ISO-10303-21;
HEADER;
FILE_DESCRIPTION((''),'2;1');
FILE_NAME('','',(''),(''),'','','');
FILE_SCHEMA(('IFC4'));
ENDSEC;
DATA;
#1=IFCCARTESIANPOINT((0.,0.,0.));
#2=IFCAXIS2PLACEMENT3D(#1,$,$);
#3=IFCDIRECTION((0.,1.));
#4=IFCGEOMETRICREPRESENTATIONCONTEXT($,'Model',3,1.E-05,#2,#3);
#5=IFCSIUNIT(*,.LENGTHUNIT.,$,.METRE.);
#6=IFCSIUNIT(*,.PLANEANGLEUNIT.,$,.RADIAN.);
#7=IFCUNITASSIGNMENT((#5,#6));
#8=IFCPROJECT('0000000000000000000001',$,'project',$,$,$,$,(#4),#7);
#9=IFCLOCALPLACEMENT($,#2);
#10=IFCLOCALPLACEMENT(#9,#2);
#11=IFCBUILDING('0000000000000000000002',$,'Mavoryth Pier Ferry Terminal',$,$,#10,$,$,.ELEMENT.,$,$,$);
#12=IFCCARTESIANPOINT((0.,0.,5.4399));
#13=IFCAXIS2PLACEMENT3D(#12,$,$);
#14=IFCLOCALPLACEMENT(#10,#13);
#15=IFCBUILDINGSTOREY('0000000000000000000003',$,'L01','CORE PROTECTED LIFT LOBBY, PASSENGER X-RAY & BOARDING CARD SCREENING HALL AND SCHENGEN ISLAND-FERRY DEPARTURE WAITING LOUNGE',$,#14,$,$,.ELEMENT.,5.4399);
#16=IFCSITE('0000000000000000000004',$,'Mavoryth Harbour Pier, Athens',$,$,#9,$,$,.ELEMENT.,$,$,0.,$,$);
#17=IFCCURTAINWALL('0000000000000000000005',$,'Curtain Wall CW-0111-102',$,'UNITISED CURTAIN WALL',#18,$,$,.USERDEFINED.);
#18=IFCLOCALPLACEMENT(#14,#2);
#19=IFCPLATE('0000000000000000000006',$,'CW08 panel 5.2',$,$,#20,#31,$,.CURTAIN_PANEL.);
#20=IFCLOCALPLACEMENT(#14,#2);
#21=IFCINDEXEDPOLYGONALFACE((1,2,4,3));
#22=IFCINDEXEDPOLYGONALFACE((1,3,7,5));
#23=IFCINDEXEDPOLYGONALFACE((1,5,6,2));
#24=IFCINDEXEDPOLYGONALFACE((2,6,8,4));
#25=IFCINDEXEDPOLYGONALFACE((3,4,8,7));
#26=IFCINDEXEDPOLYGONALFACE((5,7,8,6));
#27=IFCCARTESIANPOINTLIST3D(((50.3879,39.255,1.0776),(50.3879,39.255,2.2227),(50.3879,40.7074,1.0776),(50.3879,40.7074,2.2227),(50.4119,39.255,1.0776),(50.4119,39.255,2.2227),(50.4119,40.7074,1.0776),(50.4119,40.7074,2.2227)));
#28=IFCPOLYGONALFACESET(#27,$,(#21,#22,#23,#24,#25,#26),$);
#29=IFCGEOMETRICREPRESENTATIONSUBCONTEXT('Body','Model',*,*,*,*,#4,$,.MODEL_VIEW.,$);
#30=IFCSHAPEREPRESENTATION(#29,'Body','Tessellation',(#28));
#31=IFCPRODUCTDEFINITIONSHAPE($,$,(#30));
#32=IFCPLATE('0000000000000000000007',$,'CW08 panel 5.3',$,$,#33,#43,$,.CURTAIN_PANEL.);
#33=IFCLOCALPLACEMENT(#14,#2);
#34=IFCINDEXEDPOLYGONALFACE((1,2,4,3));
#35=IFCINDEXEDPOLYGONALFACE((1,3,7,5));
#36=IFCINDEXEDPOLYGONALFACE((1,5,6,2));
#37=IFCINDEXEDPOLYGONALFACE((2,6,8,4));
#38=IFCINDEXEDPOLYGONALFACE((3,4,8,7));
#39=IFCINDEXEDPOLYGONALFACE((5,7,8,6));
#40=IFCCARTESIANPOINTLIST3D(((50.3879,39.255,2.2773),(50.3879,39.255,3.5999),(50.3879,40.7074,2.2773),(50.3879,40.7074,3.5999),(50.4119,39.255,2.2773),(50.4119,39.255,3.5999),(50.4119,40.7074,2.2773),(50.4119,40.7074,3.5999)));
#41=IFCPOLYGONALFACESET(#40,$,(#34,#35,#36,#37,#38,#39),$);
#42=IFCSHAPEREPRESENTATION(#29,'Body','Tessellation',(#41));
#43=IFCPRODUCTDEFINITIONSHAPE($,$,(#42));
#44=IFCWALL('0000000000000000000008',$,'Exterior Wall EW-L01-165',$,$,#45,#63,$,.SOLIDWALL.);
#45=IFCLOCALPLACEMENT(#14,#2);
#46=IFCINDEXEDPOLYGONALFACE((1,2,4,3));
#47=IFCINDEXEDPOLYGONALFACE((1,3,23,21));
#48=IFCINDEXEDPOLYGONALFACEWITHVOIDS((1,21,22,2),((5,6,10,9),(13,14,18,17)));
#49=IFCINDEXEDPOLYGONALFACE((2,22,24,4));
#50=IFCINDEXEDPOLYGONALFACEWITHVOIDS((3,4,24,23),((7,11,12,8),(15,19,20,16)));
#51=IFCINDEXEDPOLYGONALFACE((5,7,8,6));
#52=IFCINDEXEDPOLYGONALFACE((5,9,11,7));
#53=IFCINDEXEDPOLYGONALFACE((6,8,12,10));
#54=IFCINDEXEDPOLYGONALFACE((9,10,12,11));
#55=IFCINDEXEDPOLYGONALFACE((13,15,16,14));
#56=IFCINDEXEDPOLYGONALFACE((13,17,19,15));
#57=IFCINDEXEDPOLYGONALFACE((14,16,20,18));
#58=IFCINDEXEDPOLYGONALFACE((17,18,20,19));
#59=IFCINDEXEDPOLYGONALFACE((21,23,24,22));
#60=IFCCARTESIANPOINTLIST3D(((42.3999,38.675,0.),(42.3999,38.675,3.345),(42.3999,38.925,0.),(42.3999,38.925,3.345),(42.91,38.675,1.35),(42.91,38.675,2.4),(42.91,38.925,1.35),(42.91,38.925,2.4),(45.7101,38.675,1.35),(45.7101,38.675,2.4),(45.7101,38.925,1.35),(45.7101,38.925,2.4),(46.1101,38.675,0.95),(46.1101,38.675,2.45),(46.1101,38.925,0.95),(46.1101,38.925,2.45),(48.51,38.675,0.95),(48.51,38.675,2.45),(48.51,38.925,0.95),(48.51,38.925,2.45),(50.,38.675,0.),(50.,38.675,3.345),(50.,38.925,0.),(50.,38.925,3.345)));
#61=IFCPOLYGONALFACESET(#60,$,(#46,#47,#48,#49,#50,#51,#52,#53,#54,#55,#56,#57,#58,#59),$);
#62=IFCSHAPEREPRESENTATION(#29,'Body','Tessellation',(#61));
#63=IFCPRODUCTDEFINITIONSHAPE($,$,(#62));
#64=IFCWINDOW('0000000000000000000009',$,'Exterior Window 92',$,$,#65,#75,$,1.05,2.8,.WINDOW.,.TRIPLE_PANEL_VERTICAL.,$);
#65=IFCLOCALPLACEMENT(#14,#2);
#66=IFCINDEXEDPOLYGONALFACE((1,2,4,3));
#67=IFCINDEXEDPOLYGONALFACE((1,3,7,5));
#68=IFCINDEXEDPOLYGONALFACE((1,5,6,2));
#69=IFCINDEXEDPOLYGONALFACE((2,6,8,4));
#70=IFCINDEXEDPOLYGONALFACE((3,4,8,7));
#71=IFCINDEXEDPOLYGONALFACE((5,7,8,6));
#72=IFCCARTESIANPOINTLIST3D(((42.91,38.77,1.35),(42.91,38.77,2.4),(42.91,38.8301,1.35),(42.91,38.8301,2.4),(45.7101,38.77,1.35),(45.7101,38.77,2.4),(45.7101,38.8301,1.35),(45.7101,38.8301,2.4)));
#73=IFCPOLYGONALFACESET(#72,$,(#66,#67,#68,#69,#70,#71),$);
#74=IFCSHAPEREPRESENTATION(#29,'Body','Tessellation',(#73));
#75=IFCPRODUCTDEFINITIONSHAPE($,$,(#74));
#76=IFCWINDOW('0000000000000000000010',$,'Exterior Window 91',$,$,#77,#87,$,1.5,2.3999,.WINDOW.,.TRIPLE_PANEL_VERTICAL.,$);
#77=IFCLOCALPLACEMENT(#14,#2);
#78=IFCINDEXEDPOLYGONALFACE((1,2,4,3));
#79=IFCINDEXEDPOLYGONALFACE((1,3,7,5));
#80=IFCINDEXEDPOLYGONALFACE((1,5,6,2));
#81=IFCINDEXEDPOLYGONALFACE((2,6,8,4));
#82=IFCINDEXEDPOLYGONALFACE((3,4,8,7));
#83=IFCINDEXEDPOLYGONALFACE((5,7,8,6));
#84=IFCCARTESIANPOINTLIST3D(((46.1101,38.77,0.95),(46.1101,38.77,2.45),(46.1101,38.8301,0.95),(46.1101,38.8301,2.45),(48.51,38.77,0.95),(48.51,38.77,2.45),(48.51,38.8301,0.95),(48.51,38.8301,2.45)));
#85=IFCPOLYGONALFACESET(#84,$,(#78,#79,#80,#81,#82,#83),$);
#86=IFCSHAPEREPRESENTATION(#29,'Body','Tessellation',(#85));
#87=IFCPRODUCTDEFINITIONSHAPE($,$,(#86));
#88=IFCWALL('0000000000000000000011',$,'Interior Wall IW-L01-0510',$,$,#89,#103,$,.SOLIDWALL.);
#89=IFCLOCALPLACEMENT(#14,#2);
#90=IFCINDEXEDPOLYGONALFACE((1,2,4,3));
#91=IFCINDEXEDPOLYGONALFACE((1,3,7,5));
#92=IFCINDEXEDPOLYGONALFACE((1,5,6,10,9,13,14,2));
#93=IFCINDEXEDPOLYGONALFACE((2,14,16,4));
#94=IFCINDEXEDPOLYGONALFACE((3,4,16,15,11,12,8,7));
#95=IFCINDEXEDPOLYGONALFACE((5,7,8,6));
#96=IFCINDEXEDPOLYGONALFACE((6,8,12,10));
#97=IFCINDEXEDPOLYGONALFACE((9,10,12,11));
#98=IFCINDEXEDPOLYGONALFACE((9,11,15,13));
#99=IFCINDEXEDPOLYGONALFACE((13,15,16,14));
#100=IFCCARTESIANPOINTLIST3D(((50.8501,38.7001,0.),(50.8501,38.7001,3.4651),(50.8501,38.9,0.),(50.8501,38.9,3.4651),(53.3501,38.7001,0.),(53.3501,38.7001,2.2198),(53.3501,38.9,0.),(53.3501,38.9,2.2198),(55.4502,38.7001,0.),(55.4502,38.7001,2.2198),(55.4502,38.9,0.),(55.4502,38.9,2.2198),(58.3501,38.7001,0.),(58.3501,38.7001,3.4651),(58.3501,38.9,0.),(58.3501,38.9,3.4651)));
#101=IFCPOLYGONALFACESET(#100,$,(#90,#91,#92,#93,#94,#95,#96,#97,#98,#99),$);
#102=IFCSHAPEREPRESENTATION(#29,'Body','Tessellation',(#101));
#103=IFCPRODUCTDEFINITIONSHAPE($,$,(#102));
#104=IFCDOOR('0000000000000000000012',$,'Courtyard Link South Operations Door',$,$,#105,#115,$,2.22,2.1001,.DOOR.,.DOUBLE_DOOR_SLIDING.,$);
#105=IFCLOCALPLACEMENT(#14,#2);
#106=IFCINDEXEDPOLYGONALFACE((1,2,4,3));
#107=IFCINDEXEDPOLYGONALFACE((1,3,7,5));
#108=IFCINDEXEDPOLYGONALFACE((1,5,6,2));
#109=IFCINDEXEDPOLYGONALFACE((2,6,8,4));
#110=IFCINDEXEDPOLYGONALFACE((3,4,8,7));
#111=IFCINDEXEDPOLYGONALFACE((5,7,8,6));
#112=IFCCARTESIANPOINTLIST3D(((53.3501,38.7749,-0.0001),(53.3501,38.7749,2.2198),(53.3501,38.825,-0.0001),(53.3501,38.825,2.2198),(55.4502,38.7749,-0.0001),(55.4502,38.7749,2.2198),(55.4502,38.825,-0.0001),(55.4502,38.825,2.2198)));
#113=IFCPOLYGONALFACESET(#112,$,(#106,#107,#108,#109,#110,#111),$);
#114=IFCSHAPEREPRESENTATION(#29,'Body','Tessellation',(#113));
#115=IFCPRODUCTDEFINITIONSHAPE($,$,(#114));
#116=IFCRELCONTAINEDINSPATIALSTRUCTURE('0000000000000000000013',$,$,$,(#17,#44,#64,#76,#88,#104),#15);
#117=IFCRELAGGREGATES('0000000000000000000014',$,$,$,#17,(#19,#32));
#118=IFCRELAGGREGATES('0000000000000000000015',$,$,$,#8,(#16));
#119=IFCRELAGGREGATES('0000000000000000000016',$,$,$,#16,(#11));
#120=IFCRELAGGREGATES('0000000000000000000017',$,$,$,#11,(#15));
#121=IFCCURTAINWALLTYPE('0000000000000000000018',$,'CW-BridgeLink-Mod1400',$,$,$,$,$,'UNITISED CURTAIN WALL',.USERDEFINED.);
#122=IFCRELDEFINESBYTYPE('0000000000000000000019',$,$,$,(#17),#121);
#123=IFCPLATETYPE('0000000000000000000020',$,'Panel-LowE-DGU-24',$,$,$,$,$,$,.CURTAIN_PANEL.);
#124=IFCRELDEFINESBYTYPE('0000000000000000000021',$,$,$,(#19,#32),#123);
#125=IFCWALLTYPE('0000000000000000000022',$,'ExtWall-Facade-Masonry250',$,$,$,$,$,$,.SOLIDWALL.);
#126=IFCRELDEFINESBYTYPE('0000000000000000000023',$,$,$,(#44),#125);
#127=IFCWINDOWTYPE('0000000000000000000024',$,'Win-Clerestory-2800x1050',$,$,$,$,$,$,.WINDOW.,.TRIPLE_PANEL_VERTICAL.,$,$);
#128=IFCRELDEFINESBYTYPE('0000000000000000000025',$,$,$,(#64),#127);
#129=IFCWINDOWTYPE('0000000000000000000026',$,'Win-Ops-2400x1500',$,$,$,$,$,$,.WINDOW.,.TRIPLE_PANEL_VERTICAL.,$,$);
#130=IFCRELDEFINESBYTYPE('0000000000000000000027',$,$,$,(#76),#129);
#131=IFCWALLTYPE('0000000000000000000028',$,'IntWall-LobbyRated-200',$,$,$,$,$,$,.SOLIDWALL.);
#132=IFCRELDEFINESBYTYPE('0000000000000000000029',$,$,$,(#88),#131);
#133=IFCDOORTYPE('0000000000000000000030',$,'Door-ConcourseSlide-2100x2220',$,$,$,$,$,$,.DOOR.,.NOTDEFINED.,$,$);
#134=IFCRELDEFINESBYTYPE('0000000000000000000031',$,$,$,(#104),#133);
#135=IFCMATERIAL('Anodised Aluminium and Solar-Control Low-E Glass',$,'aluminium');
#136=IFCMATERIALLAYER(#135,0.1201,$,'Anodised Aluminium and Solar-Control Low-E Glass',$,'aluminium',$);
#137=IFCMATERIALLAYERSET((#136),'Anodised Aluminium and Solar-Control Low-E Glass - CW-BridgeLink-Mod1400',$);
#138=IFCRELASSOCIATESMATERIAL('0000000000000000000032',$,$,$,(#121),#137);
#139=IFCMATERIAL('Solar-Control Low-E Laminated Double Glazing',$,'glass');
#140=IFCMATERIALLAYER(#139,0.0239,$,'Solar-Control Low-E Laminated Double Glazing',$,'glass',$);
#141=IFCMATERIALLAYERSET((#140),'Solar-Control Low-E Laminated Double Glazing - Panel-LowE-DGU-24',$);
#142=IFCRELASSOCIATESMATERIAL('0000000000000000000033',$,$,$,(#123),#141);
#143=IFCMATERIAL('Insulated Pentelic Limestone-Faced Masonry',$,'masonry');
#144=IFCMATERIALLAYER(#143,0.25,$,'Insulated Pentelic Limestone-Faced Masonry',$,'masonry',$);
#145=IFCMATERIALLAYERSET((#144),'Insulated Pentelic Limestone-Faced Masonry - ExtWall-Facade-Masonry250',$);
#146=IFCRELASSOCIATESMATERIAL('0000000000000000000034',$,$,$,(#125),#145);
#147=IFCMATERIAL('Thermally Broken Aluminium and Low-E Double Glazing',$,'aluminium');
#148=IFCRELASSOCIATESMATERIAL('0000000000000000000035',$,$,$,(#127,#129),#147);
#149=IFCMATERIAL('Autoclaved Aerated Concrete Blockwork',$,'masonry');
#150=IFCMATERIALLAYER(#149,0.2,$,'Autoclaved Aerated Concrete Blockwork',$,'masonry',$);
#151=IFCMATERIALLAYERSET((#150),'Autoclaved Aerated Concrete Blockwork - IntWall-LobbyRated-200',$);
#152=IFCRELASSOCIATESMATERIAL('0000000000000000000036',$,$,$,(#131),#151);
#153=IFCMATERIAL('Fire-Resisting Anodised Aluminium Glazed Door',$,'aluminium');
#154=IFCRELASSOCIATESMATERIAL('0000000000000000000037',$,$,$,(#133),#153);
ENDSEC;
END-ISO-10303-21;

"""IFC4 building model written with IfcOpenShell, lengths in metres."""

from ifc_helpers import new_model, si_unit, direction, frame, frame_2d, origin, origin_2d, place, context, subcontext, project, spatial, rectangle, extrude, material, layer, layer_set, type_object, element, fill, aggregate, save


model = new_model("IFC4")

# Units and contexts
model_context = context("Model", 3, precision=1e-05, world=origin(), true_north=direction((0.0, 1.0)))
body_context = subcontext(model_context, "Body", "Model", "MODEL_VIEW")
ifc_project = project(units=[si_unit("LENGTHUNIT", "METRE"), si_unit("PLANEANGLEUNIT", "RADIAN")], contexts=[model_context])

# Site, building, storey
site_placement = place(None, origin())
site = spatial("IfcSite", under=ifc_project, at=site_placement, Name="Mavoryth Harbour Pier, Athens", CompositionType="ELEMENT", RefElevation=0.0)
building_placement = place(site_placement, origin())
building = spatial("IfcBuilding", under=site, at=building_placement, Name="Mavoryth Pier Ferry Terminal", CompositionType="ELEMENT")
storey_placement = place(building_placement, frame((0.0, 0.0, 5.4399)))
storey = spatial("IfcBuildingStorey", under=building, at=storey_placement, Name="L01", Description="CORE PROTECTED LIFT LOBBY, PASSENGER X-RAY & BOARDING CARD SCREENING HALL AND SCHENGEN ISLAND-FERRY DEPARTURE WAITING LOUNGE", CompositionType="ELEMENT", Elevation=5.4399)

# Curtain wall
ifc_material_1 = material(Name="Anodised Aluminium and Solar-Control Low-E Glass", Category="aluminium")
ifc_layer_1 = layer(ifc_material_1, 0.1201, Name="Anodised Aluminium and Solar-Control Low-E Glass", Category="aluminium")
ifc_layer_set_1 = layer_set([ifc_layer_1], Name="Anodised Aluminium and Solar-Control Low-E Glass - CW-BridgeLink-Mod1400")
curtain_wall_type = type_object("IfcCurtainWallType", Name="CW-BridgeLink-Mod1400", ElementType="UNITISED CURTAIN WALL", PredefinedType="USERDEFINED", material=ifc_layer_set_1)
curtain_wall_placement = place(storey_placement, origin())
curtain_wall = element("IfcCurtainWall", 1, at=curtain_wall_placement, inside=storey, type_object=curtain_wall_type, Name="Curtain Wall CW-0111-102", ObjectType="UNITISED CURTAIN WALL", PredefinedType="USERDEFINED")

# Plates
ifc_material_2 = material(Name="Solar-Control Low-E Laminated Double Glazing", Category="glass")
ifc_layer_2 = layer(ifc_material_2, 0.0239, Name="Solar-Control Low-E Laminated Double Glazing", Category="glass")
ifc_layer_set_2 = layer_set([ifc_layer_2], Name="Solar-Control Low-E Laminated Double Glazing - Panel-LowE-DGU-24")
plate_type = type_object("IfcPlateType", Name="Panel-LowE-DGU-24", PredefinedType="CURTAIN_PANEL", material=ifc_layer_set_2)
plate_1_placement = place(storey_placement, frame((50.3999, 39.9812, 1.0776), z_axis=(0.0, 0.0, 1.0), x_axis=(0.0, -1.0, 0.0)))
plate_1 = element("IfcPlate", 2, at=plate_1_placement, type_object=plate_type, Name="CW08 panel 5.2", PredefinedType="CURTAIN_PANEL", context=body_context, shape_type="SweptSolid", body=[
    extrude(rectangle(XDim=1.4524, YDim=0.0239, at=origin_2d()), origin(), (0.0, 0.0, 1.0), 1.145),
])
plate_2_placement = place(storey_placement, frame((50.3999, 39.9812, 2.2773), z_axis=(0.0, 0.0, 1.0), x_axis=(0.0, -1.0, 0.0)))
plate_2 = element("IfcPlate", 3, at=plate_2_placement, type_object=plate_type, Name="CW08 panel 5.3", PredefinedType="CURTAIN_PANEL", context=body_context, shape_type="SweptSolid", body=[
    extrude(rectangle(XDim=1.4524, YDim=0.0239, at=origin_2d()), origin(), (0.0, 0.0, 1.0), 1.3225),
])
aggregate(curtain_wall, [plate_1, plate_2])

# Wall, openings, windows
ifc_material_3 = material(Name="Insulated Pentelic Limestone-Faced Masonry", Category="masonry")
ifc_layer_3 = layer(ifc_material_3, 0.25, Name="Insulated Pentelic Limestone-Faced Masonry", Category="masonry")
ifc_layer_set_3 = layer_set([ifc_layer_3], Name="Insulated Pentelic Limestone-Faced Masonry - ExtWall-Facade-Masonry250")
wall_type_1 = type_object("IfcWallType", Name="ExtWall-Facade-Masonry250", PredefinedType="SOLIDWALL", material=ifc_layer_set_3)
wall_1_placement = place(storey_placement, frame((50.0, 38.8, 0.0), z_axis=(0.0, 0.0, 1.0), x_axis=(-1.0, 0.0, 0.0)))
wall_1 = element("IfcWall", 4, at=wall_1_placement, inside=storey, type_object=wall_type_1, Name="Exterior Wall EW-L01-165", PredefinedType="SOLIDWALL", context=body_context, shape_type="SweptSolid", body=[
    extrude(rectangle(XDim=7.6001, YDim=0.25, at=frame_2d((3.8, 0.0))), origin(), (0.0, 0.0, 1.0), 3.345),
])
opening_1_placement = place(wall_1_placement, frame((1.49, 0.0, 0.95)))
opening_1 = element("IfcOpeningElement", 5, at=opening_1_placement, cuts=wall_1, PredefinedType="OPENING", context=body_context, shape_type="SweptSolid", body=[
    extrude(rectangle(XDim=2.3999, YDim=1.5, at=frame_2d((1.2, 0.75))), frame((0.0, 0.135, 0.0), z_axis=(0.0, -1.0, 0.0), x_axis=(1.0, 0.0, 0.0)), (0.0, 0.0, 1.0), 0.27),
])
opening_2_placement = place(wall_1_placement, frame((4.29, 0.0, 1.3501)))
opening_2 = element("IfcOpeningElement", 6, at=opening_2_placement, cuts=wall_1, PredefinedType="OPENING", context=body_context, shape_type="SweptSolid", body=[
    extrude(rectangle(XDim=2.8, YDim=1.05, at=frame_2d((1.3999, 0.5249))), frame((0.0, 0.135, 0.0), z_axis=(0.0, -1.0, 0.0), x_axis=(1.0, 0.0, 0.0)), (0.0, 0.0, 1.0), 0.27),
])
ifc_material_4 = material(Name="Thermally Broken Aluminium and Low-E Double Glazing", Category="aluminium")
window_type_1 = type_object("IfcWindowType", Name="Win-Clerestory-2800x1050", PartitioningType="TRIPLE_PANEL_VERTICAL", PredefinedType="WINDOW", material=ifc_material_4)
window_1_placement = place(opening_2_placement, origin())
window_1 = element("IfcWindow", 7, at=window_1_placement, inside=storey, type_object=window_type_1, Name="Exterior Window 92", OverallHeight=1.05, OverallWidth=2.8, PartitioningType="TRIPLE_PANEL_VERTICAL", PredefinedType="WINDOW", context=body_context, shape_type="SweptSolid", body=[
    extrude(rectangle(XDim=2.8, YDim=1.05, at=frame_2d((1.3999, 0.5249))), frame((0.0, 0.03, 0.0), z_axis=(0.0, -1.0, 0.0), x_axis=(1.0, 0.0, 0.0)), (0.0, 0.0, 1.0), 0.0601),
])
fill(opening_2, window_1)
window_type_2 = type_object("IfcWindowType", Name="Win-Ops-2400x1500", PartitioningType="TRIPLE_PANEL_VERTICAL", PredefinedType="WINDOW", material=ifc_material_4)
window_2_placement = place(opening_1_placement, origin())
window_2 = element("IfcWindow", 8, at=window_2_placement, inside=storey, type_object=window_type_2, Name="Exterior Window 91", OverallHeight=1.5, OverallWidth=2.3999, PartitioningType="TRIPLE_PANEL_VERTICAL", PredefinedType="WINDOW", context=body_context, shape_type="SweptSolid", body=[
    extrude(rectangle(XDim=2.3999, YDim=1.5, at=frame_2d((1.2, 0.75))), frame((0.0, 0.03, 0.0), z_axis=(0.0, -1.0, 0.0), x_axis=(1.0, 0.0, 0.0)), (0.0, 0.0, 1.0), 0.0601),
])
fill(opening_1, window_2)

# Wall, opening, door
ifc_material_5 = material(Name="Autoclaved Aerated Concrete Blockwork", Category="masonry")
ifc_layer_4 = layer(ifc_material_5, 0.2, Name="Autoclaved Aerated Concrete Blockwork", Category="masonry")
ifc_layer_set_4 = layer_set([ifc_layer_4], Name="Autoclaved Aerated Concrete Blockwork - IntWall-LobbyRated-200")
wall_type_2 = type_object("IfcWallType", Name="IntWall-LobbyRated-200", PredefinedType="SOLIDWALL", material=ifc_layer_set_4)
wall_2_placement = place(storey_placement, frame((50.8501, 38.8, 0.0), z_axis=(0.0, 0.0, 1.0), x_axis=(1.0, 0.0, 0.0)))
wall_2 = element("IfcWall", 9, at=wall_2_placement, inside=storey, type_object=wall_type_2, Name="Interior Wall IW-L01-0510", PredefinedType="SOLIDWALL", context=body_context, shape_type="SweptSolid", body=[
    extrude(rectangle(XDim=7.5, YDim=0.2, at=frame_2d((3.75, 0.0))), origin(), (0.0, 0.0, 1.0), 3.4651),
])
opening_3_placement = place(wall_2_placement, frame((2.5, 0.0, 0.0)))
opening_3 = element("IfcOpeningElement", 10, at=opening_3_placement, cuts=wall_2, PredefinedType="OPENING", context=body_context, shape_type="SweptSolid", body=[
    extrude(rectangle(XDim=2.1001, YDim=2.22, at=frame_2d((1.05, 1.1099))), frame((0.0, 0.1099, 0.0), z_axis=(0.0, -1.0, 0.0), x_axis=(1.0, 0.0, 0.0)), (0.0, 0.0, 1.0), 0.22),
])
ifc_material_6 = material(Name="Fire-Resisting Anodised Aluminium Glazed Door", Category="aluminium")
door_type = type_object("IfcDoorType", Name="Door-ConcourseSlide-2100x2220", OperationType="NOTDEFINED", PredefinedType="DOOR", material=ifc_material_6)
door_placement = place(opening_3_placement, origin())
door = element("IfcDoor", 11, at=door_placement, inside=storey, type_object=door_type, Name="Courtyard Link South Operations Door", OperationType="DOUBLE_DOOR_SLIDING", OverallHeight=2.22, OverallWidth=2.1001, PredefinedType="DOOR", context=body_context, shape_type="SweptSolid", body=[
    extrude(rectangle(XDim=2.1001, YDim=2.22, at=frame_2d((1.05, 1.1099))), frame((0.0, 0.0249, 0.0), z_axis=(0.0, -1.0, 0.0), x_axis=(1.0, 0.0, 0.0)), (0.0, 0.0, 1.0), 0.05),
])
fill(opening_3, door)

save(model, "model.ifc")
